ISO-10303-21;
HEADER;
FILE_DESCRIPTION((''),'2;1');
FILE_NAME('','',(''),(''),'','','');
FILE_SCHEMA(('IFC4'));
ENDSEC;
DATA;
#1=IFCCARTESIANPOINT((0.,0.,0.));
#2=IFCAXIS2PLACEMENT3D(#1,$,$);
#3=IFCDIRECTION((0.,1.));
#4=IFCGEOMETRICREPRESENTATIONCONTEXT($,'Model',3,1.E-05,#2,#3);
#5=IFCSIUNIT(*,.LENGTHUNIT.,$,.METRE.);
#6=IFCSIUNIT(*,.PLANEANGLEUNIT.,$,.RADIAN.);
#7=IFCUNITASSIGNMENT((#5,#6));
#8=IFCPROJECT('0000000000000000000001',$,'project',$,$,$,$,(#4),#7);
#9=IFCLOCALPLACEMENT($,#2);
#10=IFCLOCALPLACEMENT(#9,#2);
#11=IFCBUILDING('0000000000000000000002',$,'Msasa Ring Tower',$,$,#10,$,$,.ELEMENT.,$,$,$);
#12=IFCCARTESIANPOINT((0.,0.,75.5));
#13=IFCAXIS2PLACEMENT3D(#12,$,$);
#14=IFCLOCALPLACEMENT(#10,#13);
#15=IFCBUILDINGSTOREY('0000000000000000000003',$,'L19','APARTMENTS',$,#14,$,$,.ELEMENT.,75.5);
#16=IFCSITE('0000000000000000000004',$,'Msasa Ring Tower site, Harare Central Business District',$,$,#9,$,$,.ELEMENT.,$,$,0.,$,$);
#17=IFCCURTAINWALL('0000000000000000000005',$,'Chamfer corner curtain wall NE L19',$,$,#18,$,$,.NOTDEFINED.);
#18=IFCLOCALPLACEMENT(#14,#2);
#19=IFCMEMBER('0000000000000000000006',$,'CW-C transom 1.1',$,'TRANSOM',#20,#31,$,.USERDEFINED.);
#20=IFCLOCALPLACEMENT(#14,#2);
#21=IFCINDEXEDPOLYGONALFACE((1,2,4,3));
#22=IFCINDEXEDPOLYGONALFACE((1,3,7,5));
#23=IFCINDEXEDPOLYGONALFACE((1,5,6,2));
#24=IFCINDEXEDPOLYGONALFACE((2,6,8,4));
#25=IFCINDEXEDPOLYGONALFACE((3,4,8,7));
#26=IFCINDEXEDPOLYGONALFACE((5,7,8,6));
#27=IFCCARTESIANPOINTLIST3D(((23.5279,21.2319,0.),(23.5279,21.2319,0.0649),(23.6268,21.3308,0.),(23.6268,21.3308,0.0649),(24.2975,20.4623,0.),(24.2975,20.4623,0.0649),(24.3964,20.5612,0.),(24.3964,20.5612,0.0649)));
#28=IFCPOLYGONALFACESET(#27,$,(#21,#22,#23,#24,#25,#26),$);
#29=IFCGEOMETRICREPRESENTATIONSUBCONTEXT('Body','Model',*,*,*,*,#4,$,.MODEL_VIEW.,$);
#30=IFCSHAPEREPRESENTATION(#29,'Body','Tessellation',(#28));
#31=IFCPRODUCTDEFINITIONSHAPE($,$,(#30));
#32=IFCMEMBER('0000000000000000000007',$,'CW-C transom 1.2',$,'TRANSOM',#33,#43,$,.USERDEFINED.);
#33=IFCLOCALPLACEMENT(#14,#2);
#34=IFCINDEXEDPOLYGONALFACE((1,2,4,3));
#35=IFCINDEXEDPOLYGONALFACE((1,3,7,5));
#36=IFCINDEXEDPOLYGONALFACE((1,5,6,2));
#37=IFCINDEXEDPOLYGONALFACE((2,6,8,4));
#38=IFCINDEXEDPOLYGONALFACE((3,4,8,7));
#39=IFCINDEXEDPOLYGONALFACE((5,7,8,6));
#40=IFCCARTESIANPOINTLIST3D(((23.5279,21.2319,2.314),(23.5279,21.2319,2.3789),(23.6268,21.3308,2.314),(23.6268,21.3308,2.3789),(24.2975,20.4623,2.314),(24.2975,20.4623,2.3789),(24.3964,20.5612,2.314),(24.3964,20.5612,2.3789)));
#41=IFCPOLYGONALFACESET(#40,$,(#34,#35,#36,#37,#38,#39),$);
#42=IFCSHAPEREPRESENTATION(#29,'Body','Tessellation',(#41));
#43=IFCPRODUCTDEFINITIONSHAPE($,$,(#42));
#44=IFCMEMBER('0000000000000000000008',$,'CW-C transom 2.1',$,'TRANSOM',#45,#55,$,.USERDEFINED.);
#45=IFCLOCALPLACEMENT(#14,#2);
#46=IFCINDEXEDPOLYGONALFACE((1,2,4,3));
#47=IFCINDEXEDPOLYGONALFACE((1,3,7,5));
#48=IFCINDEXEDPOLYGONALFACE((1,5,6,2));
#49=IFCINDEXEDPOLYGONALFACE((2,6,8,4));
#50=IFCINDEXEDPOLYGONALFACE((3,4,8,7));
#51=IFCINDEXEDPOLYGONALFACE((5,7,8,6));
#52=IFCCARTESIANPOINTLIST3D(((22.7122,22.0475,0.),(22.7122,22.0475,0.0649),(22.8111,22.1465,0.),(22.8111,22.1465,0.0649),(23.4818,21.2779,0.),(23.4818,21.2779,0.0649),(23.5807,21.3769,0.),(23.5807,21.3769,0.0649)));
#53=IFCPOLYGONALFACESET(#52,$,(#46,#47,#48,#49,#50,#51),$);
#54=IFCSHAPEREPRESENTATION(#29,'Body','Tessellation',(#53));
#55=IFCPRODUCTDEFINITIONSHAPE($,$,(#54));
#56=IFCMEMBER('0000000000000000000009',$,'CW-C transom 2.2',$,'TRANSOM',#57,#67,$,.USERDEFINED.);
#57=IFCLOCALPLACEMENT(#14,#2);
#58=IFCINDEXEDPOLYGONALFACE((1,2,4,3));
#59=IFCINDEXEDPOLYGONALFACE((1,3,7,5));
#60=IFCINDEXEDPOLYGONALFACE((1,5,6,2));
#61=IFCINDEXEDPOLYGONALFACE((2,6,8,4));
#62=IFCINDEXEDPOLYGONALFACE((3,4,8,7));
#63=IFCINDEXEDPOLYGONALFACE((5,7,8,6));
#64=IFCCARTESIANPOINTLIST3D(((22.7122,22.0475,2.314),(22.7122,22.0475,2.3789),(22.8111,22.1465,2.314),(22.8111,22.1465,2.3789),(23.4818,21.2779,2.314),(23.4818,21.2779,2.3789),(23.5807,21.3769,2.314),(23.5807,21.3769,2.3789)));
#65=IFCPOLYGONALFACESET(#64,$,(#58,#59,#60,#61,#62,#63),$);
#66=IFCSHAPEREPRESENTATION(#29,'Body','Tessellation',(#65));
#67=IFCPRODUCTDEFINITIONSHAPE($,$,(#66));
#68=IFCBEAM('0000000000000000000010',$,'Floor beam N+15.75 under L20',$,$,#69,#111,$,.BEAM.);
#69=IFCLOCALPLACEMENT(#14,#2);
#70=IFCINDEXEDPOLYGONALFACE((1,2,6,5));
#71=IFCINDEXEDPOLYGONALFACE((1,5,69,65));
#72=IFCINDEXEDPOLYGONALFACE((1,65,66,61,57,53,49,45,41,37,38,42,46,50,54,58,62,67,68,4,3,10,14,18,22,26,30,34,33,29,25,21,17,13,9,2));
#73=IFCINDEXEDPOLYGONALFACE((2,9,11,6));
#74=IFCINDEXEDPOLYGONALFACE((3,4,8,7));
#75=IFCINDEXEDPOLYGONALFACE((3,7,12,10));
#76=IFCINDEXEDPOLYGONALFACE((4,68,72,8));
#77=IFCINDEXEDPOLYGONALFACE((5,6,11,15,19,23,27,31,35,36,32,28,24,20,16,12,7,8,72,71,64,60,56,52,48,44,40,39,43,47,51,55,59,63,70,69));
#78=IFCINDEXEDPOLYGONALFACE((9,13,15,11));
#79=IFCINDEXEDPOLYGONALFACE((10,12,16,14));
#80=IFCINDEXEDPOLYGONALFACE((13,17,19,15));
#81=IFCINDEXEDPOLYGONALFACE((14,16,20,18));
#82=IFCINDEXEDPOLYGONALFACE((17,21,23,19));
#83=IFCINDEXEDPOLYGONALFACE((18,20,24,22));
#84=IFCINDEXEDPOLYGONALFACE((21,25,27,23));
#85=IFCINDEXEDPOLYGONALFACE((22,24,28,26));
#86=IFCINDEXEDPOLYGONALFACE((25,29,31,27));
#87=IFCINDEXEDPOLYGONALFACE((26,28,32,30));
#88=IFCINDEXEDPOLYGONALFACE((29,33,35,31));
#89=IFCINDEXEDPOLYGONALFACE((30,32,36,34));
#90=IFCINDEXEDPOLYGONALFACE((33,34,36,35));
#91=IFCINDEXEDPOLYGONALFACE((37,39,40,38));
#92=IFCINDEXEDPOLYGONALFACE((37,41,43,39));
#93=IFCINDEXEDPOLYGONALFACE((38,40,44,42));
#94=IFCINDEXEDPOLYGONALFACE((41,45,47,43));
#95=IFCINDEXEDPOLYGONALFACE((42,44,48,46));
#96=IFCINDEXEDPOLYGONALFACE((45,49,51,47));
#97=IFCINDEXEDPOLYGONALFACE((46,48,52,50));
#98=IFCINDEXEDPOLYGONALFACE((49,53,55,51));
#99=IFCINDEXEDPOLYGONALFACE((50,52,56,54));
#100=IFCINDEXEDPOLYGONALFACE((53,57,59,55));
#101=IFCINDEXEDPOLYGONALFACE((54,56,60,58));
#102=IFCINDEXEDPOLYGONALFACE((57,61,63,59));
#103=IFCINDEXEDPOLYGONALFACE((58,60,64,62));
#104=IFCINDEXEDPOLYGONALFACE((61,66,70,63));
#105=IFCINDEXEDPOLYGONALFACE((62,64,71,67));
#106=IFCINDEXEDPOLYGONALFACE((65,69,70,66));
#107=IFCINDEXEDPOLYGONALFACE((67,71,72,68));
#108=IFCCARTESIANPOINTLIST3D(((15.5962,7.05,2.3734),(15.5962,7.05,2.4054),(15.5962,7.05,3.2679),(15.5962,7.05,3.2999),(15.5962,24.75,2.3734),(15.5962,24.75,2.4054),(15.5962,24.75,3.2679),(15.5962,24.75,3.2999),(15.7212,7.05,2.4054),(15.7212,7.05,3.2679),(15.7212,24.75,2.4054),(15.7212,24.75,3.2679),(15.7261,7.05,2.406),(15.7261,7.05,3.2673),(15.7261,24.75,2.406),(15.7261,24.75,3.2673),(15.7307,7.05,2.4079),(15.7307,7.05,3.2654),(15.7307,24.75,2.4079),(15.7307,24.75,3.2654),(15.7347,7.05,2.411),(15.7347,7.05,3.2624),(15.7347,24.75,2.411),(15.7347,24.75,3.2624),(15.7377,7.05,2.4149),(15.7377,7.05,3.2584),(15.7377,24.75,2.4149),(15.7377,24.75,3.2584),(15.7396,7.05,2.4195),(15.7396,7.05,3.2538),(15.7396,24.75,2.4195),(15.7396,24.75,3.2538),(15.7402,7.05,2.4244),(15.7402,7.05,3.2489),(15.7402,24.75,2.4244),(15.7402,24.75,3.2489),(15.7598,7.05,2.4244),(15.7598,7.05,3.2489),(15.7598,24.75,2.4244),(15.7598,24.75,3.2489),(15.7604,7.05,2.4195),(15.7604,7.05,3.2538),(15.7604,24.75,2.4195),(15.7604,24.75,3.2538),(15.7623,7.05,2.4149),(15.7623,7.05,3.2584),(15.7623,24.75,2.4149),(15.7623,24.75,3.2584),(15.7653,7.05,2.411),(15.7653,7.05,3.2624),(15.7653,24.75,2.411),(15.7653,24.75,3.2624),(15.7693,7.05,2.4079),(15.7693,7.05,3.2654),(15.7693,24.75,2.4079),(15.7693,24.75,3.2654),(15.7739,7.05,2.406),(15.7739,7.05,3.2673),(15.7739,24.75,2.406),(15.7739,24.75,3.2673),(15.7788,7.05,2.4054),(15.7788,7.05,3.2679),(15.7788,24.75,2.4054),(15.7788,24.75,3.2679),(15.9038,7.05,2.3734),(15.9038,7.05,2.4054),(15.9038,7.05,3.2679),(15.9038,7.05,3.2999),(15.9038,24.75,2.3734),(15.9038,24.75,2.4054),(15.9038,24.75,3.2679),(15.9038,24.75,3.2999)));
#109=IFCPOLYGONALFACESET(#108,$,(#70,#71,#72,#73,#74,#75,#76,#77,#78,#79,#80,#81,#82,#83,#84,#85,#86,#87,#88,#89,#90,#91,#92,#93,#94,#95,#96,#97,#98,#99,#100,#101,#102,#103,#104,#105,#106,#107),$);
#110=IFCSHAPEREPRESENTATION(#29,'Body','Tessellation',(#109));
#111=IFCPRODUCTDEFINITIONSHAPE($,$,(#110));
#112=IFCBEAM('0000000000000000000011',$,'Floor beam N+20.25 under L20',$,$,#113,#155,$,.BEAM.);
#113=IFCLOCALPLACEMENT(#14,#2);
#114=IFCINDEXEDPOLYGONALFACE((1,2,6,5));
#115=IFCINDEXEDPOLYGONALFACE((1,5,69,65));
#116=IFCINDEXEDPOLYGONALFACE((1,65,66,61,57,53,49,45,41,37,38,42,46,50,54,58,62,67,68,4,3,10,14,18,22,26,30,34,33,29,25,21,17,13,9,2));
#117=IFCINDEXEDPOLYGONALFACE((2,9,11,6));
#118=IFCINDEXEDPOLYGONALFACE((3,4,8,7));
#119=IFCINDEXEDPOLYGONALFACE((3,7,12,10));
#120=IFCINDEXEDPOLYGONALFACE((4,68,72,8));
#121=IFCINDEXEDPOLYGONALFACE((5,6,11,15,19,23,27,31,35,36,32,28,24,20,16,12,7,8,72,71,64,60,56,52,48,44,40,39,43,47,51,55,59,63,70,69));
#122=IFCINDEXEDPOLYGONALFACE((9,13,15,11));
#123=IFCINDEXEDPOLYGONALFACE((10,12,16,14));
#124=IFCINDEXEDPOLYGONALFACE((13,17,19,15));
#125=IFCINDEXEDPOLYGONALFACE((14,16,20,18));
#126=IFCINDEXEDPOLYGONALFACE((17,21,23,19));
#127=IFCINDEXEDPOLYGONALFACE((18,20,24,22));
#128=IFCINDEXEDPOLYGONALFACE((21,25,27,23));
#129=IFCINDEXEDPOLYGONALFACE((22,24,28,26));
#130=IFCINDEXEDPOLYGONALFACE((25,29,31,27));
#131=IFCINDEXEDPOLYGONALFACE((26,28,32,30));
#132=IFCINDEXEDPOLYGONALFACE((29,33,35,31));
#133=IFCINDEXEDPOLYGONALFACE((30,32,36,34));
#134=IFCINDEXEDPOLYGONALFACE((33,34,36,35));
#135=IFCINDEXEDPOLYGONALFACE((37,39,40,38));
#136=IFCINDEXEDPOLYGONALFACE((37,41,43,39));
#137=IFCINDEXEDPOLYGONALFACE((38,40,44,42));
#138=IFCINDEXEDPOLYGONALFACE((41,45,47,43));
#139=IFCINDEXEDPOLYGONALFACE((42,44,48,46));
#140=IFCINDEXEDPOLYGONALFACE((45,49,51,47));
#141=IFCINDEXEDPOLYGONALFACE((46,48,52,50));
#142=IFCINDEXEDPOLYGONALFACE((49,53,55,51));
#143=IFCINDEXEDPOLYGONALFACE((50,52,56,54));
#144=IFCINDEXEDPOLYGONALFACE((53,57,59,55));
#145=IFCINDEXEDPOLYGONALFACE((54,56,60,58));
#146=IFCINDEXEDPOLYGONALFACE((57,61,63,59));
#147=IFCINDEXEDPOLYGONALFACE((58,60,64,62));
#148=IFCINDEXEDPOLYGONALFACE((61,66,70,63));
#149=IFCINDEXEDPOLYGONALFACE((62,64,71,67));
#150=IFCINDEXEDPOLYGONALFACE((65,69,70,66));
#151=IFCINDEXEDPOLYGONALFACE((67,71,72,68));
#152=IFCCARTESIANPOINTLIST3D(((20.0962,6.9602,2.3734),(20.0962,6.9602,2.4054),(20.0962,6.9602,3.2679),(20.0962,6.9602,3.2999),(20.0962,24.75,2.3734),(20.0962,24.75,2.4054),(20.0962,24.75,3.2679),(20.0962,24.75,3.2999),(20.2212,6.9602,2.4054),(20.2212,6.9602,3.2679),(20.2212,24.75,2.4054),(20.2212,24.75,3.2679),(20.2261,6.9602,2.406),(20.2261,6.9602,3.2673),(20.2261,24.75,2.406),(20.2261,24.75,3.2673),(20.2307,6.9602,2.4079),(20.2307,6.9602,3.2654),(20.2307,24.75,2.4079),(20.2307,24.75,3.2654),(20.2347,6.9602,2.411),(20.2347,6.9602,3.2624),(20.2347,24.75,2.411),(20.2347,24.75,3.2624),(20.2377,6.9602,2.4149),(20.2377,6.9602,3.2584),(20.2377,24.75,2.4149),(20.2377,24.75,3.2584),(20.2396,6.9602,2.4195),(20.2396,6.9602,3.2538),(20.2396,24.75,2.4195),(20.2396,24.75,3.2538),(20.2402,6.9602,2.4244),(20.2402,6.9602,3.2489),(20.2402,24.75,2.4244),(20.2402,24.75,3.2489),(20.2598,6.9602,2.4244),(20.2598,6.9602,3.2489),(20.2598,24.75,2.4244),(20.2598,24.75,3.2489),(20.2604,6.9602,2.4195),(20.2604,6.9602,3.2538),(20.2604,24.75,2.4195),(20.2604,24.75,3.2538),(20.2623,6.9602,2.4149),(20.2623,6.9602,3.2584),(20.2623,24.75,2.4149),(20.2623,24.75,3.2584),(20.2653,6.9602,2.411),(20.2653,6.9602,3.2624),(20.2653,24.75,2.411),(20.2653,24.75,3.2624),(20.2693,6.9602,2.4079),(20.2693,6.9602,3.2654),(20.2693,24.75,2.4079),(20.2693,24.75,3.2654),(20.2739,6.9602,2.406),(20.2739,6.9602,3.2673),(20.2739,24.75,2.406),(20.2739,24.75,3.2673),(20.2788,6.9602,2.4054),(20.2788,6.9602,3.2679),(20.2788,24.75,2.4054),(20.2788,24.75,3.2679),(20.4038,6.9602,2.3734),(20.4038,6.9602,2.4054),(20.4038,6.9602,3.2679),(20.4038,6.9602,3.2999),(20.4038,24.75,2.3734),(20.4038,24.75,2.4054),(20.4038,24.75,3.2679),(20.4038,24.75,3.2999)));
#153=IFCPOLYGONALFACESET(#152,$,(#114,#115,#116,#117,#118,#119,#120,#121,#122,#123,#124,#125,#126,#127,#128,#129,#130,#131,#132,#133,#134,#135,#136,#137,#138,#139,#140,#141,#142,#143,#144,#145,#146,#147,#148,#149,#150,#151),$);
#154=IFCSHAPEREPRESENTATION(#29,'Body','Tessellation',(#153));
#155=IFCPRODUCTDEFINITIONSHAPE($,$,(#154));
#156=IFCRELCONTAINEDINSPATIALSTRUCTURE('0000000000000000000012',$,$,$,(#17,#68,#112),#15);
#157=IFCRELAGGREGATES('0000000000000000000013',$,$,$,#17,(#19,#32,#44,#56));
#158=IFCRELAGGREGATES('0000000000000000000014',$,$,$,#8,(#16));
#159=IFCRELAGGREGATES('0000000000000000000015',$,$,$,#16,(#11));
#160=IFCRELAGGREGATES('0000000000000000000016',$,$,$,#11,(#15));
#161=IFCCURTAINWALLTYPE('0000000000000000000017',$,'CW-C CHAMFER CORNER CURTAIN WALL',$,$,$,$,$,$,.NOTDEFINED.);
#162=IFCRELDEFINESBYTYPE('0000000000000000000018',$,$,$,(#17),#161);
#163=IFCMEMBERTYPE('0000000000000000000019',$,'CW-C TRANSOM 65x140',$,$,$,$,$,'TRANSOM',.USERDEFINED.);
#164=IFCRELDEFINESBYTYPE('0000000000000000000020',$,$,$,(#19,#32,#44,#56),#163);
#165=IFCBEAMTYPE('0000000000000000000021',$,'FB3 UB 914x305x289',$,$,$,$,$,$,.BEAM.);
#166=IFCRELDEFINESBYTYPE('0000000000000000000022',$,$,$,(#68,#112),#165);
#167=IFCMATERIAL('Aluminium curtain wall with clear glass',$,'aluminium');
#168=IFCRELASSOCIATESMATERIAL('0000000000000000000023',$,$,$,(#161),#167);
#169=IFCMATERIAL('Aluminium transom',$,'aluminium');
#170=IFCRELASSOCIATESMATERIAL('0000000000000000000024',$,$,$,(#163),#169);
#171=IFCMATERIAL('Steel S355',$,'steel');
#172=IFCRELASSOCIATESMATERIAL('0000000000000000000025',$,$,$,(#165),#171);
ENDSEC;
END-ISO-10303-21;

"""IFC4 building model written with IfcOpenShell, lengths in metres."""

from ifc_helpers import new_model, si_unit, direction, frame, origin, origin_2d, place, context, subcontext, project, spatial, rectangle, i_section, extrude, material, material_profile, profile_set, type_object, element, aggregate, save


model = new_model("IFC4")

# Units and contexts
model_context = context("Model", 3, precision=1e-05, world=origin(), true_north=direction((0.0, 1.0)))
body_context = subcontext(model_context, "Body", "Model", "MODEL_VIEW")
ifc_project = project(units=[si_unit("LENGTHUNIT", "METRE"), si_unit("PLANEANGLEUNIT", "RADIAN")], contexts=[model_context])

# Site, building, storey
site_placement = place(None, origin())
site = spatial("IfcSite", under=ifc_project, at=site_placement, Name="Msasa Ring Tower site, Harare Central Business District", CompositionType="ELEMENT", RefElevation=0.0)
building_placement = place(site_placement, origin())
building = spatial("IfcBuilding", under=site, at=building_placement, Name="Msasa Ring Tower", CompositionType="ELEMENT")
storey_placement = place(building_placement, frame((0.0, 0.0, 75.5)))
storey = spatial("IfcBuildingStorey", under=building, at=storey_placement, Name="L19", Description="APARTMENTS", CompositionType="ELEMENT", Elevation=75.5)

# Curtain wall
ifc_material_1 = material(Name="Aluminium curtain wall with clear glass", Category="aluminium")
curtain_wall_type = type_object("IfcCurtainWallType", Name="CW-C CHAMFER CORNER CURTAIN WALL", PredefinedType="NOTDEFINED", material=ifc_material_1)
curtain_wall_1_placement = place(storey_placement, origin())
curtain_wall_1 = element("IfcCurtainWall", 1, at=curtain_wall_1_placement, inside=storey, type_object=curtain_wall_type, Name="Chamfer corner curtain wall NE L19", PredefinedType="NOTDEFINED")

# Members
ifc_material_2 = material(Name="Aluminium transom", Category="aluminium")
ifc_material_profile_1 = material_profile(ifc_material_2, rectangle(XDim=0.1399, YDim=0.0649, at=origin_2d()), Name="AL 65x140")
ifc_profile_set_1 = profile_set([ifc_material_profile_1], Name="Aluminium transom")
member_type_1 = type_object("IfcMemberType", Name="CW-C TRANSOM 65x140", ElementType="TRANSOM", PredefinedType="USERDEFINED", material=ifc_profile_set_1)
member_1_placement = place(storey_placement, frame((24.3469, 20.5117, 0.0325), z_axis=(-0.707107, 0.707107, 0.0), x_axis=(-0.707107, -0.707107, 0.0)))
member_1 = element("IfcMember", 2, at=member_1_placement, type_object=member_type_1, Name="CW-C transom 1.1", ObjectType="TRANSOM", PredefinedType="USERDEFINED", context=body_context, shape_type="SweptSolid", body=[
    extrude(rectangle(XDim=0.1399, YDim=0.0649, at=origin_2d()), origin(), (0.0, 0.0, 1.0), 1.0884),
])
member_2_placement = place(storey_placement, frame((24.3469, 20.5117, 2.3464), z_axis=(-0.707107, 0.707107, 0.0), x_axis=(-0.707107, -0.707107, 0.0)))
member_2 = element("IfcMember", 3, at=member_2_placement, type_object=member_type_1, Name="CW-C transom 1.2", ObjectType="TRANSOM", PredefinedType="USERDEFINED", context=body_context, shape_type="SweptSolid", body=[
    extrude(rectangle(XDim=0.1399, YDim=0.0649, at=origin_2d()), origin(), (0.0, 0.0, 1.0), 1.0884),
])
member_3_placement = place(storey_placement, frame((23.5312, 21.3274, 0.0325), z_axis=(-0.707107, 0.707107, 0.0), x_axis=(-0.707107, -0.707107, 0.0)))
member_3 = element("IfcMember", 4, at=member_3_placement, type_object=member_type_1, Name="CW-C transom 2.1", ObjectType="TRANSOM", PredefinedType="USERDEFINED", context=body_context, shape_type="SweptSolid", body=[
    extrude(rectangle(XDim=0.1399, YDim=0.0649, at=origin_2d()), origin(), (0.0, 0.0, 1.0), 1.0884),
])
member_4_placement = place(storey_placement, frame((23.5312, 21.3274, 2.3464), z_axis=(-0.707107, 0.707107, 0.0), x_axis=(-0.707107, -0.707107, 0.0)))
member_4 = element("IfcMember", 5, at=member_4_placement, type_object=member_type_1, Name="CW-C transom 2.2", ObjectType="TRANSOM", PredefinedType="USERDEFINED", context=body_context, shape_type="SweptSolid", body=[
    extrude(rectangle(XDim=0.1399, YDim=0.0649, at=origin_2d()), origin(), (0.0, 0.0, 1.0), 1.0884),
])

# Beams
ifc_material_3 = material(Name="Steel S355", Category="steel")
ifc_material_profile_2 = material_profile(ifc_material_3, i_section(OverallWidth=0.3076, OverallDepth=0.9265, WebThickness=0.0195, FlangeThickness=0.032, FilletRadius=0.019, at=origin_2d()), Name="UB 914x305x289")
ifc_profile_set_2 = profile_set([ifc_material_profile_2], Name="Steel S355")
beam_type_1 = type_object("IfcBeamType", Name="FB3 UB 914x305x289", PredefinedType="BEAM", material=ifc_profile_set_2)
beam_1_placement = place(storey_placement, frame((15.75, 24.75, 2.8367), z_axis=(0.0, -1.0, 0.0), x_axis=(1.0, 0.0, 0.0)))
element("IfcBeam", 6, at=beam_1_placement, inside=storey, type_object=beam_type_1, Name="Floor beam N+15.75 under L20", PredefinedType="BEAM", context=body_context, shape_type="SweptSolid", body=[
    extrude(i_section(OverallWidth=0.3076, OverallDepth=0.9265, WebThickness=0.0195, FlangeThickness=0.032, FilletRadius=0.019, at=origin_2d()), origin(), (0.0, 0.0, 1.0), 17.7),
])
beam_2_placement = place(storey_placement, frame((20.25, 24.75, 2.8367), z_axis=(0.0, -1.0, 0.0), x_axis=(1.0, 0.0, 0.0)))
element("IfcBeam", 7, at=beam_2_placement, inside=storey, type_object=beam_type_1, Name="Floor beam N+20.25 under L20", PredefinedType="BEAM", context=body_context, shape_type="SweptSolid", body=[
    extrude(i_section(OverallWidth=0.3076, OverallDepth=0.9265, WebThickness=0.0195, FlangeThickness=0.032, FilletRadius=0.019, at=origin_2d()), origin(), (0.0, 0.0, 1.0), 17.7898),
])

aggregate(curtain_wall_1, [member_1, member_2, member_3, member_4])

save(model, "model.ifc")
